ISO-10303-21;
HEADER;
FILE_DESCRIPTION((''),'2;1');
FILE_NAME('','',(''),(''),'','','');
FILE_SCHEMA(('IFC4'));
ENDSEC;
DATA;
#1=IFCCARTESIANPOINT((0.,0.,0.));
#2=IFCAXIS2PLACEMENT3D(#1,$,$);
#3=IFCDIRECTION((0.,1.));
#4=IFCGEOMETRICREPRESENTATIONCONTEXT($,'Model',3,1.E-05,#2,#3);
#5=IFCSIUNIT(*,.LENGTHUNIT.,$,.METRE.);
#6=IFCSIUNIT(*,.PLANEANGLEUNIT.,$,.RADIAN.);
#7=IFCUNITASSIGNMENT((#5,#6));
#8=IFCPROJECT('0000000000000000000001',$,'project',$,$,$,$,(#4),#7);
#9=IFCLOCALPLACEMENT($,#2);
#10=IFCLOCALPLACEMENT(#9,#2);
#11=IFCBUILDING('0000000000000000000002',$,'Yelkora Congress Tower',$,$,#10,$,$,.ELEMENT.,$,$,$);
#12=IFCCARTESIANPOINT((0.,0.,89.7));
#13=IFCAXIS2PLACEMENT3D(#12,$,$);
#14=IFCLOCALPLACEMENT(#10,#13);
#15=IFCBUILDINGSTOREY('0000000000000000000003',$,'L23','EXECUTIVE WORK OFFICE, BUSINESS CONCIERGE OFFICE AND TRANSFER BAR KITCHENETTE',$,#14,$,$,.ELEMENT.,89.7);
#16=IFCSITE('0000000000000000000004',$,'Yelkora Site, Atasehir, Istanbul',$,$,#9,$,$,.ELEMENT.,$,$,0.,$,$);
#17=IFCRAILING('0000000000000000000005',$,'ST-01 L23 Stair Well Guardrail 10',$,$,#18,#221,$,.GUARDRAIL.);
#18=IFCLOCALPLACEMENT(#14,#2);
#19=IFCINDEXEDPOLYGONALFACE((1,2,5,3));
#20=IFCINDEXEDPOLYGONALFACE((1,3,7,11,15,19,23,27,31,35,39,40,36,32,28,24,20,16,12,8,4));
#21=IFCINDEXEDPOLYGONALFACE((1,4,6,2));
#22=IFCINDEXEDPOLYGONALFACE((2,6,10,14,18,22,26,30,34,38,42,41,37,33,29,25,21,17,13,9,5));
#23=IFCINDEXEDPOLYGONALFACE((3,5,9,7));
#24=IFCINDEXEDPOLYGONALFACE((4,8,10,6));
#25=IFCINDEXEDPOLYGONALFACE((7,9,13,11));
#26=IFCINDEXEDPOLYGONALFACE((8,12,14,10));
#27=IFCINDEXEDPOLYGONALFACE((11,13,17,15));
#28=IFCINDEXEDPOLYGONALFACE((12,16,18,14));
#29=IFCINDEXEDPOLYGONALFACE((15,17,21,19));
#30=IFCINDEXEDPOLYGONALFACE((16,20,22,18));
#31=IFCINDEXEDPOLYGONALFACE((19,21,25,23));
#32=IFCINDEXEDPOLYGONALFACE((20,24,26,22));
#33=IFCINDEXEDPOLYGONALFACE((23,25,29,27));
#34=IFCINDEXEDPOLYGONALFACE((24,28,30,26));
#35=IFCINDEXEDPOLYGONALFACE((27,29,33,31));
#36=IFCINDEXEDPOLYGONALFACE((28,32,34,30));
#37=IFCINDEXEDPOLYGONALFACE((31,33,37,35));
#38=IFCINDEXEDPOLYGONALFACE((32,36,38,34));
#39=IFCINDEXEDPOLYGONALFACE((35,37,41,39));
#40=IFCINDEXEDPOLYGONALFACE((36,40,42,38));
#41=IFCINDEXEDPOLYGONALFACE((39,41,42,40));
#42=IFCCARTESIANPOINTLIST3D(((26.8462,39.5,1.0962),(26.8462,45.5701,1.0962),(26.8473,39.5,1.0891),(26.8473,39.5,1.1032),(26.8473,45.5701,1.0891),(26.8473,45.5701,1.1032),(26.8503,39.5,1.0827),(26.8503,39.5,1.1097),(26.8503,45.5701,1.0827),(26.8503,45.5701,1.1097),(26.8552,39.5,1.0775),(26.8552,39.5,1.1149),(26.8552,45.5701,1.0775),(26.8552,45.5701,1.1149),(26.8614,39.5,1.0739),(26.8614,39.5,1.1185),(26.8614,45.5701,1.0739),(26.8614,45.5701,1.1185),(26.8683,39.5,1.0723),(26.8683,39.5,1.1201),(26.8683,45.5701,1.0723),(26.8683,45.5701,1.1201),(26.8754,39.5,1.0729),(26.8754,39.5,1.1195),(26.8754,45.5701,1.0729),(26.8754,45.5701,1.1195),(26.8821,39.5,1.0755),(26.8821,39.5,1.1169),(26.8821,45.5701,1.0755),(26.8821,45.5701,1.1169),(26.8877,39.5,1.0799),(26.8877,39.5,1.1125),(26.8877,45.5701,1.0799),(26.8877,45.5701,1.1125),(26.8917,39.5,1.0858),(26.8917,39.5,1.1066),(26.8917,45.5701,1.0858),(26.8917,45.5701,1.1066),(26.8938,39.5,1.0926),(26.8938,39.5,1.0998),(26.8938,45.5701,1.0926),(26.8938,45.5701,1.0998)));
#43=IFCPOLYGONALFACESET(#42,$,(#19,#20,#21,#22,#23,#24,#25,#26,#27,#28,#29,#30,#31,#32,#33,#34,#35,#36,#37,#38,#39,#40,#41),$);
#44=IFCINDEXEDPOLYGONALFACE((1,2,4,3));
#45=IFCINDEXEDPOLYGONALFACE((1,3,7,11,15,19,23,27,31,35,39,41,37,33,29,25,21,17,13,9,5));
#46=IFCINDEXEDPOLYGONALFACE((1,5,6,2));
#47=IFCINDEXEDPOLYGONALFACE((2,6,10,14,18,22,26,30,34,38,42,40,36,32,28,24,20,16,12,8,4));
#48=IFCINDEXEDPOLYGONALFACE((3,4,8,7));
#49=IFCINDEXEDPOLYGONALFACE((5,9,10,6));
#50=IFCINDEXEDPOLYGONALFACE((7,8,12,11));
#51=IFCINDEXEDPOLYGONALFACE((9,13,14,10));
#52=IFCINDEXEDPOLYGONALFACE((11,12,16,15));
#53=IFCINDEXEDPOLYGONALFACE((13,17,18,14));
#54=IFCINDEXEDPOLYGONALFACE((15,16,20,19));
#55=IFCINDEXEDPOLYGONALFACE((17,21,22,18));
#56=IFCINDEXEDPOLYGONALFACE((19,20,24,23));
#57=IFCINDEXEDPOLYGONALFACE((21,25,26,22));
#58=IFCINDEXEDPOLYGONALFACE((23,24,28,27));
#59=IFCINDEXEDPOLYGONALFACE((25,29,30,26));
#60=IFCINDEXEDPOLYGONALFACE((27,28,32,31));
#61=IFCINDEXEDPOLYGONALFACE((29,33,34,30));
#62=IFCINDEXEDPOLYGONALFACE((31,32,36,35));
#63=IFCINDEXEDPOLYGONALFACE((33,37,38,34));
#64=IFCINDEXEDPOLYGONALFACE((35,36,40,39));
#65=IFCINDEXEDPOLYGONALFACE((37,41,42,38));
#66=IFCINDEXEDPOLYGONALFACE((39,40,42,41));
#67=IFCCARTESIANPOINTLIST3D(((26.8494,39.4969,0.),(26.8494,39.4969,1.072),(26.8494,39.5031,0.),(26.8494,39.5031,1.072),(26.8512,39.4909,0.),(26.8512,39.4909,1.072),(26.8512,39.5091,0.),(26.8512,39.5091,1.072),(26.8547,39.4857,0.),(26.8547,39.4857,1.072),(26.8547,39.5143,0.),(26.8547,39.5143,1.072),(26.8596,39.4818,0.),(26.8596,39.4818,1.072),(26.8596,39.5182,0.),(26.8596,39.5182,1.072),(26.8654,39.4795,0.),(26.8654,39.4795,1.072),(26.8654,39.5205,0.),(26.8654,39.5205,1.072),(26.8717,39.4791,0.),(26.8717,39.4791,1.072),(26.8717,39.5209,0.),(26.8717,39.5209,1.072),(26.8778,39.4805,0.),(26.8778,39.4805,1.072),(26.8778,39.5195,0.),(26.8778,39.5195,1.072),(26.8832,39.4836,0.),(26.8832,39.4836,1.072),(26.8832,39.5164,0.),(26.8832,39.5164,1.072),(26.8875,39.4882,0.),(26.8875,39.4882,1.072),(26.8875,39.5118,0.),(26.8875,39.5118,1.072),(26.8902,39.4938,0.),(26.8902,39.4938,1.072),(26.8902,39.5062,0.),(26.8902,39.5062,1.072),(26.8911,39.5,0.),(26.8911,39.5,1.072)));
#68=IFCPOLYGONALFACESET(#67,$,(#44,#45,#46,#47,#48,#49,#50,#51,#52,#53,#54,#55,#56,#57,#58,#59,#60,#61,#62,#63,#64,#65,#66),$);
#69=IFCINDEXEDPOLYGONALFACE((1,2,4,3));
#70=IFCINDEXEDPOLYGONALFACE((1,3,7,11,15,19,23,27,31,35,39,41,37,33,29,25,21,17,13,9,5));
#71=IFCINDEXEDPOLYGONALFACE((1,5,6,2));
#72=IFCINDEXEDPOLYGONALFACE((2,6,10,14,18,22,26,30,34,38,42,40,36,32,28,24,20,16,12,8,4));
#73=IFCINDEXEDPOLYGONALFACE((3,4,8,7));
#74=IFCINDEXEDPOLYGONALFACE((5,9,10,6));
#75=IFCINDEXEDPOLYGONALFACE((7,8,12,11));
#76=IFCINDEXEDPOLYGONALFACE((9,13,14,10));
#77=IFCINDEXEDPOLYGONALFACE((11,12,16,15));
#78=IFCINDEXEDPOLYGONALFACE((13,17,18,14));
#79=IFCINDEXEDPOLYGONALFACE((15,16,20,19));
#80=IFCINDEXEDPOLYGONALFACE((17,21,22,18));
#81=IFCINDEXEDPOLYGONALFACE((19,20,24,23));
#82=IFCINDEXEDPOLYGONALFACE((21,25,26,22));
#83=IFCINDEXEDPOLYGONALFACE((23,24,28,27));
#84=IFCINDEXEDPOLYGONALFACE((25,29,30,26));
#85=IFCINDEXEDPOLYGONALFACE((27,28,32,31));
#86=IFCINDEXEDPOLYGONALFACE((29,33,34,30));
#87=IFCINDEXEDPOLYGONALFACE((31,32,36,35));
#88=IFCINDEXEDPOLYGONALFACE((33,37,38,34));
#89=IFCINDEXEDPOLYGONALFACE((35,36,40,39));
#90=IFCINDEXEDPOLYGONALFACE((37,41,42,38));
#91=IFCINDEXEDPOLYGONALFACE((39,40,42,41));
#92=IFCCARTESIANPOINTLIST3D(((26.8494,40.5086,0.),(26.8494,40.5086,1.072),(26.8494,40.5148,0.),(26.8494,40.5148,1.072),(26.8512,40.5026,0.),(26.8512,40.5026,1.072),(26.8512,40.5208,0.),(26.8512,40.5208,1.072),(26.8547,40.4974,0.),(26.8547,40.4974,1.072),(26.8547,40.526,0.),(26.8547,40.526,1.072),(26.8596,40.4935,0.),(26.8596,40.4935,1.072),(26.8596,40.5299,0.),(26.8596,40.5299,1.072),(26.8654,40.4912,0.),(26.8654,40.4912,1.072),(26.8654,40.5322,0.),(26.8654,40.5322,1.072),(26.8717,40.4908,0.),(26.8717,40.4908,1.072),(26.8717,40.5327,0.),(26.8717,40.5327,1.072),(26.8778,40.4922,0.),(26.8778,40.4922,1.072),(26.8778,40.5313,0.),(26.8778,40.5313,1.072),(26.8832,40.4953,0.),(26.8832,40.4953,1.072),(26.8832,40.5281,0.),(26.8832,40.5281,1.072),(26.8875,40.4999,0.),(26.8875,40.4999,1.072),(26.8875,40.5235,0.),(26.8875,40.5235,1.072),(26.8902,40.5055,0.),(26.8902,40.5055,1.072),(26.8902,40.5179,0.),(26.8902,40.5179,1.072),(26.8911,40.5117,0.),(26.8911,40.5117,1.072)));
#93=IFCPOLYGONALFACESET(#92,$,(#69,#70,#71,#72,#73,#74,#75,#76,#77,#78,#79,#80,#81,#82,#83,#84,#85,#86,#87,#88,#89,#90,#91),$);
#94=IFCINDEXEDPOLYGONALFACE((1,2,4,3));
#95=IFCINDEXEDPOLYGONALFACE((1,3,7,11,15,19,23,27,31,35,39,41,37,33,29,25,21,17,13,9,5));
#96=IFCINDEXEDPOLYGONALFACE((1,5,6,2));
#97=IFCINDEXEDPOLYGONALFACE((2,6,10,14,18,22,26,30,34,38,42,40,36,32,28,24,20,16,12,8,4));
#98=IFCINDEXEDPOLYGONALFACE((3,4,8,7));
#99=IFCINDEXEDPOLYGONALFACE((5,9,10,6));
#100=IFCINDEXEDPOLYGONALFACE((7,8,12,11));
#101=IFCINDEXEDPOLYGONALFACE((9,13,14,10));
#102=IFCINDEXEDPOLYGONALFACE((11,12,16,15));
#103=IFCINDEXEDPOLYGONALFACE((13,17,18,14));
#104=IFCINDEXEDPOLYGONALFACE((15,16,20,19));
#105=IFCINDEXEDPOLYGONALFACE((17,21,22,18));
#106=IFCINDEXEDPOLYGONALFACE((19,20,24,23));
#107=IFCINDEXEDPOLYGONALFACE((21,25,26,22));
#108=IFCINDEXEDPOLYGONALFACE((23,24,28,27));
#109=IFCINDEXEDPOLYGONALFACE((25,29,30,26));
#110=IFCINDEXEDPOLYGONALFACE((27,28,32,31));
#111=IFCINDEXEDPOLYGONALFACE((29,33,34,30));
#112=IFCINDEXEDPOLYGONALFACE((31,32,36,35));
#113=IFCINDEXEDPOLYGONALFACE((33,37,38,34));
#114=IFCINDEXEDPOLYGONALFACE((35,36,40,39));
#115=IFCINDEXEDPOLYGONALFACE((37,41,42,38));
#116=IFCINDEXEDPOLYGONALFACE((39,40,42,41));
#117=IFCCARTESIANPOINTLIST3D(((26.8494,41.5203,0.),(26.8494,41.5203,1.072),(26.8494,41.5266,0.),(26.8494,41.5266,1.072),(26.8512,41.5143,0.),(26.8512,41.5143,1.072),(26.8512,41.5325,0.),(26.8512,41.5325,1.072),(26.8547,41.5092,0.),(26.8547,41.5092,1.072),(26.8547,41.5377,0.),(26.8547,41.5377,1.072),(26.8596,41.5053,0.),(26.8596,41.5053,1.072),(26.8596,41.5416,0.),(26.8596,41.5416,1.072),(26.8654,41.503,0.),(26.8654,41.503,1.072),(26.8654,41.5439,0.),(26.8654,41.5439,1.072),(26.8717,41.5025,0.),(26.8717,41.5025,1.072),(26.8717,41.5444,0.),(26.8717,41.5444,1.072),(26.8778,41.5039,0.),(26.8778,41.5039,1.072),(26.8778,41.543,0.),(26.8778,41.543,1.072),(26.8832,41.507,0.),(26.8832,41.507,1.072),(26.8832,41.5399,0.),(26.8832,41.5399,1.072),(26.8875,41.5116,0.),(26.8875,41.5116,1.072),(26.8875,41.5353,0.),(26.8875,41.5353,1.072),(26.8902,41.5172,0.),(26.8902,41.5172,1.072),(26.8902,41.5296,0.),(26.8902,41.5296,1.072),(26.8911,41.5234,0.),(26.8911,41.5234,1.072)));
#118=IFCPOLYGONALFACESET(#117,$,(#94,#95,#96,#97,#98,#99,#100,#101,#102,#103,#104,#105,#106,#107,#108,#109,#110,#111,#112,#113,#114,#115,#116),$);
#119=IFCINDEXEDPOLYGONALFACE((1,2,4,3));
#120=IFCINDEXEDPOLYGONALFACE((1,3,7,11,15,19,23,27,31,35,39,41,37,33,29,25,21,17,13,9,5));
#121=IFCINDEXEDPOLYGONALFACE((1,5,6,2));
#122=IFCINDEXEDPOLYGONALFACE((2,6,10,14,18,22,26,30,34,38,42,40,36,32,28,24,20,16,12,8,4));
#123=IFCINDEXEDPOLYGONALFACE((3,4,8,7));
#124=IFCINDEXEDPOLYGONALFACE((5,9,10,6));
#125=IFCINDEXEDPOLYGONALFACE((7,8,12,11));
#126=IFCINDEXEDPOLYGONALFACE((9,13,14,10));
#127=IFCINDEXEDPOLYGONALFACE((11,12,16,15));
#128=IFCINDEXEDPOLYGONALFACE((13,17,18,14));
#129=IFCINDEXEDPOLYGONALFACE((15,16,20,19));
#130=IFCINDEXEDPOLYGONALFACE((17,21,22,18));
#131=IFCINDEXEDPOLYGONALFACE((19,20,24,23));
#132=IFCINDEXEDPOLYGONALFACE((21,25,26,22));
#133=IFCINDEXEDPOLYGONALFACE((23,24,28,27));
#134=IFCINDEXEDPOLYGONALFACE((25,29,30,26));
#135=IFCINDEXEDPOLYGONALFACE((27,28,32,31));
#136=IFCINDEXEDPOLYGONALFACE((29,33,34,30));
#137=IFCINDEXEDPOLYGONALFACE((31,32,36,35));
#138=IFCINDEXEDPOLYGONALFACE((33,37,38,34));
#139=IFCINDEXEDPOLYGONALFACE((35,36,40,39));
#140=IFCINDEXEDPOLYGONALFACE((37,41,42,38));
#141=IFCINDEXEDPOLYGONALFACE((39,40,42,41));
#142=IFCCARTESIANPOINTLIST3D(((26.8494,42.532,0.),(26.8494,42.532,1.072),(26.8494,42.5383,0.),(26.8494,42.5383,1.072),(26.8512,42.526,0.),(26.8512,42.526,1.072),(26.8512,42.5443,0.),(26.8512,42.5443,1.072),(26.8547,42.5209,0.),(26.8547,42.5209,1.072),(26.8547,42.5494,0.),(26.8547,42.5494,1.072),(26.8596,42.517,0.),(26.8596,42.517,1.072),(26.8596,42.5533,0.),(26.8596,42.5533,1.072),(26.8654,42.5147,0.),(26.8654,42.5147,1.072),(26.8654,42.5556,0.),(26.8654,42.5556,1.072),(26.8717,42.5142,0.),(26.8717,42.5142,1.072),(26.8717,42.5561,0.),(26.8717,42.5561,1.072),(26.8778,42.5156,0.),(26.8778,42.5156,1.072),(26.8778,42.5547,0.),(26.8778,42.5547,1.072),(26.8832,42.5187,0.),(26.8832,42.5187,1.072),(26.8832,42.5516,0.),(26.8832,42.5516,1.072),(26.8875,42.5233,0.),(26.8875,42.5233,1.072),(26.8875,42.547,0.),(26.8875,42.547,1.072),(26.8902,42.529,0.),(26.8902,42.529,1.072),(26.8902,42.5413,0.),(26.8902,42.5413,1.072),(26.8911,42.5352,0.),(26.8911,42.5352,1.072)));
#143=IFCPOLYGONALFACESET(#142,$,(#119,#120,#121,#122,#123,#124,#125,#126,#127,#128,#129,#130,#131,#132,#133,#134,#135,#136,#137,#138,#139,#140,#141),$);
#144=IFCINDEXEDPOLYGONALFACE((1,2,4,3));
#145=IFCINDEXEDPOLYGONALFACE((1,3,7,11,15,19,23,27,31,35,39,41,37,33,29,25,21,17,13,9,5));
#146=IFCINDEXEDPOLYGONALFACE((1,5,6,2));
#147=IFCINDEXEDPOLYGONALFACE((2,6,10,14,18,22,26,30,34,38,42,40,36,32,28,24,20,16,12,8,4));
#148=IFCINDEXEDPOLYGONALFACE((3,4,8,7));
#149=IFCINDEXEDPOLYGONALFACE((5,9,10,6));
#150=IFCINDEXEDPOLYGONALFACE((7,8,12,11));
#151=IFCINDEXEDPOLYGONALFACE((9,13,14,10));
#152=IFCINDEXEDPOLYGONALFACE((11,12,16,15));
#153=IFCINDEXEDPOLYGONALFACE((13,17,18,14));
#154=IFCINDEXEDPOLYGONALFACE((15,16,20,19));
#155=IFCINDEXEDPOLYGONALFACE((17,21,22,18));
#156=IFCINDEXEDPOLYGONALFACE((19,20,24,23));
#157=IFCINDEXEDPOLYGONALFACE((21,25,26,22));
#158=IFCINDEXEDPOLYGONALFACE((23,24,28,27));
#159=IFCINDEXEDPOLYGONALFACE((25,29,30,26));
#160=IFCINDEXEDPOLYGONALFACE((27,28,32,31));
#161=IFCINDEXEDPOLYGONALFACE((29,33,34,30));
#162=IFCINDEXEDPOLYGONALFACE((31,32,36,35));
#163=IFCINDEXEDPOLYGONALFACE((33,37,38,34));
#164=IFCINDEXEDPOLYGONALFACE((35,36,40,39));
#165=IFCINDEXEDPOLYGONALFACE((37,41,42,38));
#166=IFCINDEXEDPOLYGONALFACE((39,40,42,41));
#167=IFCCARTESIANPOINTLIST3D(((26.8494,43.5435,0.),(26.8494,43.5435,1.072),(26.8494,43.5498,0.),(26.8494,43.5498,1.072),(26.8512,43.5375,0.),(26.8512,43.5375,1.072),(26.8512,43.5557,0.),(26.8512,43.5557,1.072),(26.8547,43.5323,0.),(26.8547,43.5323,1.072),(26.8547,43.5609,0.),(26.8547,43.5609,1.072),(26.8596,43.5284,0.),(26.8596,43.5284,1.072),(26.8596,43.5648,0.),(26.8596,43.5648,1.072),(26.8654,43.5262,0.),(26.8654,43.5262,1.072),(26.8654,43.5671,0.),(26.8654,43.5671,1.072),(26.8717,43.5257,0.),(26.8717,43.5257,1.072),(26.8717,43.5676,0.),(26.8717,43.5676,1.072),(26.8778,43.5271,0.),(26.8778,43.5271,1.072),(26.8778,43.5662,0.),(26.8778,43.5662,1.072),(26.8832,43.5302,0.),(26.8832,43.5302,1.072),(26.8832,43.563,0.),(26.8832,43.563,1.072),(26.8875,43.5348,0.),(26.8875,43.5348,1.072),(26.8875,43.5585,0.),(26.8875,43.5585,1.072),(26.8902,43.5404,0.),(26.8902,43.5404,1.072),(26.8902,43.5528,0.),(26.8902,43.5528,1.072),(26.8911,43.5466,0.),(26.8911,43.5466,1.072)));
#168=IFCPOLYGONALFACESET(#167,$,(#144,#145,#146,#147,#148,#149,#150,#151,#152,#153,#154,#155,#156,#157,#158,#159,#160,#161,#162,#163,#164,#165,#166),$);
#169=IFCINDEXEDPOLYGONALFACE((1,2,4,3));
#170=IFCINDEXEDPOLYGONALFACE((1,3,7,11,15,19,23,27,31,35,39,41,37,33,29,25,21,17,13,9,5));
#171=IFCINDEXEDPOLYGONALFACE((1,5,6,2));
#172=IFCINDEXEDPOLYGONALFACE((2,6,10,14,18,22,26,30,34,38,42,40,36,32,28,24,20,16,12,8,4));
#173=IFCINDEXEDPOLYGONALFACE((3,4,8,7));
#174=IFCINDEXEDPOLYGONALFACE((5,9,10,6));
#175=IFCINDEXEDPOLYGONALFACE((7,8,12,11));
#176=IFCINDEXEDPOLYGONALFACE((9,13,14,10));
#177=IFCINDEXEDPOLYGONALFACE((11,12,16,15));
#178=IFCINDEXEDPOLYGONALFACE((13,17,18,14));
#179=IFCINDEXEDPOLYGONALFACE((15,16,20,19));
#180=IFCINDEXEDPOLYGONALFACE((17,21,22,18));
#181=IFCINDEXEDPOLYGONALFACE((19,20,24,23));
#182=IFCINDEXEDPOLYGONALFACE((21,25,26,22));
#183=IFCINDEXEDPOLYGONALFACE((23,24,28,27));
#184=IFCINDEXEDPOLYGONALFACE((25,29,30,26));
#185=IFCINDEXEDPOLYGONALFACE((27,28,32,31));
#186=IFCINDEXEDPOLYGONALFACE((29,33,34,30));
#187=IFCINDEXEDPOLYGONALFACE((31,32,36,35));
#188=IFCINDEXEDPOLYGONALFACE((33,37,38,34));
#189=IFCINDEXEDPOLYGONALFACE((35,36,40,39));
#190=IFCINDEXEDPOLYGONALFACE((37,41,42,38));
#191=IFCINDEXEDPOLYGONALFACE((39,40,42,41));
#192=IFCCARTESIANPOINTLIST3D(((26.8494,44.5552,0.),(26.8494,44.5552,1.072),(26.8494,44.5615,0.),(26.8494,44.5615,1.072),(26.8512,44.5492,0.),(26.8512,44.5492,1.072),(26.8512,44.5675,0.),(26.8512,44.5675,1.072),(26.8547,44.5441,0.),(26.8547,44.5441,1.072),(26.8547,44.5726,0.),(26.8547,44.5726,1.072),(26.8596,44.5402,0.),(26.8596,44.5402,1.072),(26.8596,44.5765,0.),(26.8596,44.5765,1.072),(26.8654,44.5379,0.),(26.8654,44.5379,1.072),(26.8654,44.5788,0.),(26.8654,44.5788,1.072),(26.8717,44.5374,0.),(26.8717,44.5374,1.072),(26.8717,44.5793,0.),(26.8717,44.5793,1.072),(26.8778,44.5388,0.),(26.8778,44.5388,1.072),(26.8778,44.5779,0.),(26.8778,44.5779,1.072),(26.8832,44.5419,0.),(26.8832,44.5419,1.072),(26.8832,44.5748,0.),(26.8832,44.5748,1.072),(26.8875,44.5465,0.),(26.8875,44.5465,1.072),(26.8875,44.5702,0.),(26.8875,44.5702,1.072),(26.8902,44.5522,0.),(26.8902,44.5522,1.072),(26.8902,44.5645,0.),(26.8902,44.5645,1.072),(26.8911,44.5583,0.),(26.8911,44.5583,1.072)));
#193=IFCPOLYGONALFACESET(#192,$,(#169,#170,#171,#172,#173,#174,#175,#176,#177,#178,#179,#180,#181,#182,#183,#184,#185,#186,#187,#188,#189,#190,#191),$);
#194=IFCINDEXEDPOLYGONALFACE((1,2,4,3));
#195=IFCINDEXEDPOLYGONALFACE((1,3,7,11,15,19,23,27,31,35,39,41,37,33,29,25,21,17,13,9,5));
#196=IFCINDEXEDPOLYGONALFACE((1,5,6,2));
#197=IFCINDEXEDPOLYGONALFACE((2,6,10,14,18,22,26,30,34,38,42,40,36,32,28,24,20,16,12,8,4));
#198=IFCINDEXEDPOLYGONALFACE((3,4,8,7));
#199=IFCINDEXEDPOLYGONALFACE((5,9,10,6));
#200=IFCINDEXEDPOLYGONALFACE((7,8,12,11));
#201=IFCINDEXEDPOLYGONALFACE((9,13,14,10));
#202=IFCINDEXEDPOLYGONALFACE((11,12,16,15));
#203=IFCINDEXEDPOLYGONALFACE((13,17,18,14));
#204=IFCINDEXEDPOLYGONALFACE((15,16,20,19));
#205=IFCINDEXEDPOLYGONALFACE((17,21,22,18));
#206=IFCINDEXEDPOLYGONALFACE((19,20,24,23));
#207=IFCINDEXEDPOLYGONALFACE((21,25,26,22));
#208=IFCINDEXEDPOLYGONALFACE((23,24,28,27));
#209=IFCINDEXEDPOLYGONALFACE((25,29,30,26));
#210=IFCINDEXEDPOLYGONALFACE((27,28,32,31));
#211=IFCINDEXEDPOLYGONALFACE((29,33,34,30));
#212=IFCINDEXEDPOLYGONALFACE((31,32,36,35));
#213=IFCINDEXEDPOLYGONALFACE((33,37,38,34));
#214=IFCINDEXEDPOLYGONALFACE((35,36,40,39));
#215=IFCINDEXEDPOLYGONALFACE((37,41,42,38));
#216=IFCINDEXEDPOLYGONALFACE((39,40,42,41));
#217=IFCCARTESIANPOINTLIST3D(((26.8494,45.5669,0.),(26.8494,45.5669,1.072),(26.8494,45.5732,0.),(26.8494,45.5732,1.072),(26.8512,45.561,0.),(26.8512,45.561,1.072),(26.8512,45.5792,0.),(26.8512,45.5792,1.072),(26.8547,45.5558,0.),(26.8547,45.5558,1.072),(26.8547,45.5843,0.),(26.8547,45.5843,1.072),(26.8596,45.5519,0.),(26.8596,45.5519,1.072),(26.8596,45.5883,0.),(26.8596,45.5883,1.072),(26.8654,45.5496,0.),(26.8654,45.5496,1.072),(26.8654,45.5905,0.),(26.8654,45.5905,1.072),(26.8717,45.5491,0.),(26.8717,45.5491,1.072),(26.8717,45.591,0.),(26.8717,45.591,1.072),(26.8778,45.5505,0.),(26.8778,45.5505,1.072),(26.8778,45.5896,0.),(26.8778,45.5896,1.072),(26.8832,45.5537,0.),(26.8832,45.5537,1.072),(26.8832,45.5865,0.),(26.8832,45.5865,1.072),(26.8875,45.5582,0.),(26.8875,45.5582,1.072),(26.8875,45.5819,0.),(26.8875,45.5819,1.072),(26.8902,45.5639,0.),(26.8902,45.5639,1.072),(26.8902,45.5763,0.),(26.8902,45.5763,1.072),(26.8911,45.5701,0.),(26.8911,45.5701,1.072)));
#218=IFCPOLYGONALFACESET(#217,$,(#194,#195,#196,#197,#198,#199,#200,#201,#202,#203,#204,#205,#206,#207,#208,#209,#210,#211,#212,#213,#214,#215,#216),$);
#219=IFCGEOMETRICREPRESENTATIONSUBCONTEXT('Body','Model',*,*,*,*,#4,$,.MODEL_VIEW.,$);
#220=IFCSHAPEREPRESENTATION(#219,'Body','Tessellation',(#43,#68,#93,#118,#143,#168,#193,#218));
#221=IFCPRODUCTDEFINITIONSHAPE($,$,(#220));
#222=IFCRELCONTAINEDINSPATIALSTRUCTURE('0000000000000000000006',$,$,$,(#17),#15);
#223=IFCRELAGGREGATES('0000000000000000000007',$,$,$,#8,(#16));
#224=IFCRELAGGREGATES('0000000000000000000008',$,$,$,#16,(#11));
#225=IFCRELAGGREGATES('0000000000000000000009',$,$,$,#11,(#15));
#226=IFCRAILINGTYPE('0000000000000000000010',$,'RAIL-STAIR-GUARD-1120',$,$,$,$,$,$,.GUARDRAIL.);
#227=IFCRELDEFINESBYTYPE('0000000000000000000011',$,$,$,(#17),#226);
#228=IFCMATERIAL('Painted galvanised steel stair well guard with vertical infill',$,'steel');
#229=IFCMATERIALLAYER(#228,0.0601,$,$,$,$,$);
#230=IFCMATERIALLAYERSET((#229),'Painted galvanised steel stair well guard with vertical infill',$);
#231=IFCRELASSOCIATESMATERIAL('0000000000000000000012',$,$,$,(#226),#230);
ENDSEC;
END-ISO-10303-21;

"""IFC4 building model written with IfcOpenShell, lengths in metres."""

from ifc_helpers import new_model, si_unit, direction, frame, origin, origin_2d, place, context, subcontext, project, spatial, circle, extrude, material, layer, layer_set, type_object, element, save


model = new_model("IFC4")

# Units and contexts
model_context = context("Model", 3, precision=1e-05, world=origin(), true_north=direction((0.0, 1.0)))
body_context = subcontext(model_context, "Body", "Model", "MODEL_VIEW")
ifc_project = project(units=[si_unit("LENGTHUNIT", "METRE"), si_unit("PLANEANGLEUNIT", "RADIAN")], contexts=[model_context])

# Site, building, storey
site_placement = place(None, origin())
site = spatial("IfcSite", under=ifc_project, at=site_placement, Name="Yelkora Site, Atasehir, Istanbul", CompositionType="ELEMENT", RefElevation=0.0)
building_placement = place(site_placement, origin())
building = spatial("IfcBuilding", under=site, at=building_placement, Name="Yelkora Congress Tower", CompositionType="ELEMENT")
storey_placement = place(building_placement, frame((0.0, 0.0, 89.7)))
storey = spatial("IfcBuildingStorey", under=building, at=storey_placement, Name="L23", Description="EXECUTIVE WORK OFFICE, BUSINESS CONCIERGE OFFICE AND TRANSFER BAR KITCHENETTE", CompositionType="ELEMENT", Elevation=89.7)

# Railing
ifc_material_1 = material(Name="Painted galvanised steel stair well guard with vertical infill", Category="steel")
ifc_layer_1 = layer(ifc_material_1, 0.0601)
ifc_layer_set_1 = layer_set([ifc_layer_1], Name="Painted galvanised steel stair well guard with vertical infill")
railing_type_1 = type_object("IfcRailingType", Name="RAIL-STAIR-GUARD-1120", PredefinedType="GUARDRAIL", material=ifc_layer_set_1)
railing_1_placement = place(storey_placement, frame((26.8701, 39.5, 0.0)))
element("IfcRailing", 1, at=railing_1_placement, inside=storey, type_object=railing_type_1, Name="ST-01 L23 Stair Well Guardrail 10", PredefinedType="GUARDRAIL", context=body_context, shape_type="SweptSolid", body=[
    extrude(circle(Radius=0.0239, at=origin_2d()), frame((0.0, 0.0, 1.0962), z_axis=(0.0, 1.0, 0.0), x_axis=(-1.0, 0.0, 0.0)), (0.0, 0.0, 1.0), 6.0701),
    extrude(circle(Radius=0.021, at=origin_2d()), origin(), (0.0, 0.0, 1.0), 1.072),
    extrude(circle(Radius=0.021, at=origin_2d()), frame((0.0, 1.0117, 0.0)), (0.0, 0.0, 1.0), 1.072),
    extrude(circle(Radius=0.021, at=origin_2d()), frame((0.0, 2.0234, 0.0)), (0.0, 0.0, 1.0), 1.072),
    extrude(circle(Radius=0.021, at=origin_2d()), frame((0.0, 3.0352, 0.0)), (0.0, 0.0, 1.0), 1.072),
    extrude(circle(Radius=0.021, at=origin_2d()), frame((0.0, 4.0466, 0.0)), (0.0, 0.0, 1.0), 1.072),
    extrude(circle(Radius=0.021, at=origin_2d()), frame((0.0, 5.0583, 0.0)), (0.0, 0.0, 1.0), 1.072),
    extrude(circle(Radius=0.021, at=origin_2d()), frame((0.0, 6.0701, 0.0)), (0.0, 0.0, 1.0), 1.072),
])

save(model, "model.ifc")
